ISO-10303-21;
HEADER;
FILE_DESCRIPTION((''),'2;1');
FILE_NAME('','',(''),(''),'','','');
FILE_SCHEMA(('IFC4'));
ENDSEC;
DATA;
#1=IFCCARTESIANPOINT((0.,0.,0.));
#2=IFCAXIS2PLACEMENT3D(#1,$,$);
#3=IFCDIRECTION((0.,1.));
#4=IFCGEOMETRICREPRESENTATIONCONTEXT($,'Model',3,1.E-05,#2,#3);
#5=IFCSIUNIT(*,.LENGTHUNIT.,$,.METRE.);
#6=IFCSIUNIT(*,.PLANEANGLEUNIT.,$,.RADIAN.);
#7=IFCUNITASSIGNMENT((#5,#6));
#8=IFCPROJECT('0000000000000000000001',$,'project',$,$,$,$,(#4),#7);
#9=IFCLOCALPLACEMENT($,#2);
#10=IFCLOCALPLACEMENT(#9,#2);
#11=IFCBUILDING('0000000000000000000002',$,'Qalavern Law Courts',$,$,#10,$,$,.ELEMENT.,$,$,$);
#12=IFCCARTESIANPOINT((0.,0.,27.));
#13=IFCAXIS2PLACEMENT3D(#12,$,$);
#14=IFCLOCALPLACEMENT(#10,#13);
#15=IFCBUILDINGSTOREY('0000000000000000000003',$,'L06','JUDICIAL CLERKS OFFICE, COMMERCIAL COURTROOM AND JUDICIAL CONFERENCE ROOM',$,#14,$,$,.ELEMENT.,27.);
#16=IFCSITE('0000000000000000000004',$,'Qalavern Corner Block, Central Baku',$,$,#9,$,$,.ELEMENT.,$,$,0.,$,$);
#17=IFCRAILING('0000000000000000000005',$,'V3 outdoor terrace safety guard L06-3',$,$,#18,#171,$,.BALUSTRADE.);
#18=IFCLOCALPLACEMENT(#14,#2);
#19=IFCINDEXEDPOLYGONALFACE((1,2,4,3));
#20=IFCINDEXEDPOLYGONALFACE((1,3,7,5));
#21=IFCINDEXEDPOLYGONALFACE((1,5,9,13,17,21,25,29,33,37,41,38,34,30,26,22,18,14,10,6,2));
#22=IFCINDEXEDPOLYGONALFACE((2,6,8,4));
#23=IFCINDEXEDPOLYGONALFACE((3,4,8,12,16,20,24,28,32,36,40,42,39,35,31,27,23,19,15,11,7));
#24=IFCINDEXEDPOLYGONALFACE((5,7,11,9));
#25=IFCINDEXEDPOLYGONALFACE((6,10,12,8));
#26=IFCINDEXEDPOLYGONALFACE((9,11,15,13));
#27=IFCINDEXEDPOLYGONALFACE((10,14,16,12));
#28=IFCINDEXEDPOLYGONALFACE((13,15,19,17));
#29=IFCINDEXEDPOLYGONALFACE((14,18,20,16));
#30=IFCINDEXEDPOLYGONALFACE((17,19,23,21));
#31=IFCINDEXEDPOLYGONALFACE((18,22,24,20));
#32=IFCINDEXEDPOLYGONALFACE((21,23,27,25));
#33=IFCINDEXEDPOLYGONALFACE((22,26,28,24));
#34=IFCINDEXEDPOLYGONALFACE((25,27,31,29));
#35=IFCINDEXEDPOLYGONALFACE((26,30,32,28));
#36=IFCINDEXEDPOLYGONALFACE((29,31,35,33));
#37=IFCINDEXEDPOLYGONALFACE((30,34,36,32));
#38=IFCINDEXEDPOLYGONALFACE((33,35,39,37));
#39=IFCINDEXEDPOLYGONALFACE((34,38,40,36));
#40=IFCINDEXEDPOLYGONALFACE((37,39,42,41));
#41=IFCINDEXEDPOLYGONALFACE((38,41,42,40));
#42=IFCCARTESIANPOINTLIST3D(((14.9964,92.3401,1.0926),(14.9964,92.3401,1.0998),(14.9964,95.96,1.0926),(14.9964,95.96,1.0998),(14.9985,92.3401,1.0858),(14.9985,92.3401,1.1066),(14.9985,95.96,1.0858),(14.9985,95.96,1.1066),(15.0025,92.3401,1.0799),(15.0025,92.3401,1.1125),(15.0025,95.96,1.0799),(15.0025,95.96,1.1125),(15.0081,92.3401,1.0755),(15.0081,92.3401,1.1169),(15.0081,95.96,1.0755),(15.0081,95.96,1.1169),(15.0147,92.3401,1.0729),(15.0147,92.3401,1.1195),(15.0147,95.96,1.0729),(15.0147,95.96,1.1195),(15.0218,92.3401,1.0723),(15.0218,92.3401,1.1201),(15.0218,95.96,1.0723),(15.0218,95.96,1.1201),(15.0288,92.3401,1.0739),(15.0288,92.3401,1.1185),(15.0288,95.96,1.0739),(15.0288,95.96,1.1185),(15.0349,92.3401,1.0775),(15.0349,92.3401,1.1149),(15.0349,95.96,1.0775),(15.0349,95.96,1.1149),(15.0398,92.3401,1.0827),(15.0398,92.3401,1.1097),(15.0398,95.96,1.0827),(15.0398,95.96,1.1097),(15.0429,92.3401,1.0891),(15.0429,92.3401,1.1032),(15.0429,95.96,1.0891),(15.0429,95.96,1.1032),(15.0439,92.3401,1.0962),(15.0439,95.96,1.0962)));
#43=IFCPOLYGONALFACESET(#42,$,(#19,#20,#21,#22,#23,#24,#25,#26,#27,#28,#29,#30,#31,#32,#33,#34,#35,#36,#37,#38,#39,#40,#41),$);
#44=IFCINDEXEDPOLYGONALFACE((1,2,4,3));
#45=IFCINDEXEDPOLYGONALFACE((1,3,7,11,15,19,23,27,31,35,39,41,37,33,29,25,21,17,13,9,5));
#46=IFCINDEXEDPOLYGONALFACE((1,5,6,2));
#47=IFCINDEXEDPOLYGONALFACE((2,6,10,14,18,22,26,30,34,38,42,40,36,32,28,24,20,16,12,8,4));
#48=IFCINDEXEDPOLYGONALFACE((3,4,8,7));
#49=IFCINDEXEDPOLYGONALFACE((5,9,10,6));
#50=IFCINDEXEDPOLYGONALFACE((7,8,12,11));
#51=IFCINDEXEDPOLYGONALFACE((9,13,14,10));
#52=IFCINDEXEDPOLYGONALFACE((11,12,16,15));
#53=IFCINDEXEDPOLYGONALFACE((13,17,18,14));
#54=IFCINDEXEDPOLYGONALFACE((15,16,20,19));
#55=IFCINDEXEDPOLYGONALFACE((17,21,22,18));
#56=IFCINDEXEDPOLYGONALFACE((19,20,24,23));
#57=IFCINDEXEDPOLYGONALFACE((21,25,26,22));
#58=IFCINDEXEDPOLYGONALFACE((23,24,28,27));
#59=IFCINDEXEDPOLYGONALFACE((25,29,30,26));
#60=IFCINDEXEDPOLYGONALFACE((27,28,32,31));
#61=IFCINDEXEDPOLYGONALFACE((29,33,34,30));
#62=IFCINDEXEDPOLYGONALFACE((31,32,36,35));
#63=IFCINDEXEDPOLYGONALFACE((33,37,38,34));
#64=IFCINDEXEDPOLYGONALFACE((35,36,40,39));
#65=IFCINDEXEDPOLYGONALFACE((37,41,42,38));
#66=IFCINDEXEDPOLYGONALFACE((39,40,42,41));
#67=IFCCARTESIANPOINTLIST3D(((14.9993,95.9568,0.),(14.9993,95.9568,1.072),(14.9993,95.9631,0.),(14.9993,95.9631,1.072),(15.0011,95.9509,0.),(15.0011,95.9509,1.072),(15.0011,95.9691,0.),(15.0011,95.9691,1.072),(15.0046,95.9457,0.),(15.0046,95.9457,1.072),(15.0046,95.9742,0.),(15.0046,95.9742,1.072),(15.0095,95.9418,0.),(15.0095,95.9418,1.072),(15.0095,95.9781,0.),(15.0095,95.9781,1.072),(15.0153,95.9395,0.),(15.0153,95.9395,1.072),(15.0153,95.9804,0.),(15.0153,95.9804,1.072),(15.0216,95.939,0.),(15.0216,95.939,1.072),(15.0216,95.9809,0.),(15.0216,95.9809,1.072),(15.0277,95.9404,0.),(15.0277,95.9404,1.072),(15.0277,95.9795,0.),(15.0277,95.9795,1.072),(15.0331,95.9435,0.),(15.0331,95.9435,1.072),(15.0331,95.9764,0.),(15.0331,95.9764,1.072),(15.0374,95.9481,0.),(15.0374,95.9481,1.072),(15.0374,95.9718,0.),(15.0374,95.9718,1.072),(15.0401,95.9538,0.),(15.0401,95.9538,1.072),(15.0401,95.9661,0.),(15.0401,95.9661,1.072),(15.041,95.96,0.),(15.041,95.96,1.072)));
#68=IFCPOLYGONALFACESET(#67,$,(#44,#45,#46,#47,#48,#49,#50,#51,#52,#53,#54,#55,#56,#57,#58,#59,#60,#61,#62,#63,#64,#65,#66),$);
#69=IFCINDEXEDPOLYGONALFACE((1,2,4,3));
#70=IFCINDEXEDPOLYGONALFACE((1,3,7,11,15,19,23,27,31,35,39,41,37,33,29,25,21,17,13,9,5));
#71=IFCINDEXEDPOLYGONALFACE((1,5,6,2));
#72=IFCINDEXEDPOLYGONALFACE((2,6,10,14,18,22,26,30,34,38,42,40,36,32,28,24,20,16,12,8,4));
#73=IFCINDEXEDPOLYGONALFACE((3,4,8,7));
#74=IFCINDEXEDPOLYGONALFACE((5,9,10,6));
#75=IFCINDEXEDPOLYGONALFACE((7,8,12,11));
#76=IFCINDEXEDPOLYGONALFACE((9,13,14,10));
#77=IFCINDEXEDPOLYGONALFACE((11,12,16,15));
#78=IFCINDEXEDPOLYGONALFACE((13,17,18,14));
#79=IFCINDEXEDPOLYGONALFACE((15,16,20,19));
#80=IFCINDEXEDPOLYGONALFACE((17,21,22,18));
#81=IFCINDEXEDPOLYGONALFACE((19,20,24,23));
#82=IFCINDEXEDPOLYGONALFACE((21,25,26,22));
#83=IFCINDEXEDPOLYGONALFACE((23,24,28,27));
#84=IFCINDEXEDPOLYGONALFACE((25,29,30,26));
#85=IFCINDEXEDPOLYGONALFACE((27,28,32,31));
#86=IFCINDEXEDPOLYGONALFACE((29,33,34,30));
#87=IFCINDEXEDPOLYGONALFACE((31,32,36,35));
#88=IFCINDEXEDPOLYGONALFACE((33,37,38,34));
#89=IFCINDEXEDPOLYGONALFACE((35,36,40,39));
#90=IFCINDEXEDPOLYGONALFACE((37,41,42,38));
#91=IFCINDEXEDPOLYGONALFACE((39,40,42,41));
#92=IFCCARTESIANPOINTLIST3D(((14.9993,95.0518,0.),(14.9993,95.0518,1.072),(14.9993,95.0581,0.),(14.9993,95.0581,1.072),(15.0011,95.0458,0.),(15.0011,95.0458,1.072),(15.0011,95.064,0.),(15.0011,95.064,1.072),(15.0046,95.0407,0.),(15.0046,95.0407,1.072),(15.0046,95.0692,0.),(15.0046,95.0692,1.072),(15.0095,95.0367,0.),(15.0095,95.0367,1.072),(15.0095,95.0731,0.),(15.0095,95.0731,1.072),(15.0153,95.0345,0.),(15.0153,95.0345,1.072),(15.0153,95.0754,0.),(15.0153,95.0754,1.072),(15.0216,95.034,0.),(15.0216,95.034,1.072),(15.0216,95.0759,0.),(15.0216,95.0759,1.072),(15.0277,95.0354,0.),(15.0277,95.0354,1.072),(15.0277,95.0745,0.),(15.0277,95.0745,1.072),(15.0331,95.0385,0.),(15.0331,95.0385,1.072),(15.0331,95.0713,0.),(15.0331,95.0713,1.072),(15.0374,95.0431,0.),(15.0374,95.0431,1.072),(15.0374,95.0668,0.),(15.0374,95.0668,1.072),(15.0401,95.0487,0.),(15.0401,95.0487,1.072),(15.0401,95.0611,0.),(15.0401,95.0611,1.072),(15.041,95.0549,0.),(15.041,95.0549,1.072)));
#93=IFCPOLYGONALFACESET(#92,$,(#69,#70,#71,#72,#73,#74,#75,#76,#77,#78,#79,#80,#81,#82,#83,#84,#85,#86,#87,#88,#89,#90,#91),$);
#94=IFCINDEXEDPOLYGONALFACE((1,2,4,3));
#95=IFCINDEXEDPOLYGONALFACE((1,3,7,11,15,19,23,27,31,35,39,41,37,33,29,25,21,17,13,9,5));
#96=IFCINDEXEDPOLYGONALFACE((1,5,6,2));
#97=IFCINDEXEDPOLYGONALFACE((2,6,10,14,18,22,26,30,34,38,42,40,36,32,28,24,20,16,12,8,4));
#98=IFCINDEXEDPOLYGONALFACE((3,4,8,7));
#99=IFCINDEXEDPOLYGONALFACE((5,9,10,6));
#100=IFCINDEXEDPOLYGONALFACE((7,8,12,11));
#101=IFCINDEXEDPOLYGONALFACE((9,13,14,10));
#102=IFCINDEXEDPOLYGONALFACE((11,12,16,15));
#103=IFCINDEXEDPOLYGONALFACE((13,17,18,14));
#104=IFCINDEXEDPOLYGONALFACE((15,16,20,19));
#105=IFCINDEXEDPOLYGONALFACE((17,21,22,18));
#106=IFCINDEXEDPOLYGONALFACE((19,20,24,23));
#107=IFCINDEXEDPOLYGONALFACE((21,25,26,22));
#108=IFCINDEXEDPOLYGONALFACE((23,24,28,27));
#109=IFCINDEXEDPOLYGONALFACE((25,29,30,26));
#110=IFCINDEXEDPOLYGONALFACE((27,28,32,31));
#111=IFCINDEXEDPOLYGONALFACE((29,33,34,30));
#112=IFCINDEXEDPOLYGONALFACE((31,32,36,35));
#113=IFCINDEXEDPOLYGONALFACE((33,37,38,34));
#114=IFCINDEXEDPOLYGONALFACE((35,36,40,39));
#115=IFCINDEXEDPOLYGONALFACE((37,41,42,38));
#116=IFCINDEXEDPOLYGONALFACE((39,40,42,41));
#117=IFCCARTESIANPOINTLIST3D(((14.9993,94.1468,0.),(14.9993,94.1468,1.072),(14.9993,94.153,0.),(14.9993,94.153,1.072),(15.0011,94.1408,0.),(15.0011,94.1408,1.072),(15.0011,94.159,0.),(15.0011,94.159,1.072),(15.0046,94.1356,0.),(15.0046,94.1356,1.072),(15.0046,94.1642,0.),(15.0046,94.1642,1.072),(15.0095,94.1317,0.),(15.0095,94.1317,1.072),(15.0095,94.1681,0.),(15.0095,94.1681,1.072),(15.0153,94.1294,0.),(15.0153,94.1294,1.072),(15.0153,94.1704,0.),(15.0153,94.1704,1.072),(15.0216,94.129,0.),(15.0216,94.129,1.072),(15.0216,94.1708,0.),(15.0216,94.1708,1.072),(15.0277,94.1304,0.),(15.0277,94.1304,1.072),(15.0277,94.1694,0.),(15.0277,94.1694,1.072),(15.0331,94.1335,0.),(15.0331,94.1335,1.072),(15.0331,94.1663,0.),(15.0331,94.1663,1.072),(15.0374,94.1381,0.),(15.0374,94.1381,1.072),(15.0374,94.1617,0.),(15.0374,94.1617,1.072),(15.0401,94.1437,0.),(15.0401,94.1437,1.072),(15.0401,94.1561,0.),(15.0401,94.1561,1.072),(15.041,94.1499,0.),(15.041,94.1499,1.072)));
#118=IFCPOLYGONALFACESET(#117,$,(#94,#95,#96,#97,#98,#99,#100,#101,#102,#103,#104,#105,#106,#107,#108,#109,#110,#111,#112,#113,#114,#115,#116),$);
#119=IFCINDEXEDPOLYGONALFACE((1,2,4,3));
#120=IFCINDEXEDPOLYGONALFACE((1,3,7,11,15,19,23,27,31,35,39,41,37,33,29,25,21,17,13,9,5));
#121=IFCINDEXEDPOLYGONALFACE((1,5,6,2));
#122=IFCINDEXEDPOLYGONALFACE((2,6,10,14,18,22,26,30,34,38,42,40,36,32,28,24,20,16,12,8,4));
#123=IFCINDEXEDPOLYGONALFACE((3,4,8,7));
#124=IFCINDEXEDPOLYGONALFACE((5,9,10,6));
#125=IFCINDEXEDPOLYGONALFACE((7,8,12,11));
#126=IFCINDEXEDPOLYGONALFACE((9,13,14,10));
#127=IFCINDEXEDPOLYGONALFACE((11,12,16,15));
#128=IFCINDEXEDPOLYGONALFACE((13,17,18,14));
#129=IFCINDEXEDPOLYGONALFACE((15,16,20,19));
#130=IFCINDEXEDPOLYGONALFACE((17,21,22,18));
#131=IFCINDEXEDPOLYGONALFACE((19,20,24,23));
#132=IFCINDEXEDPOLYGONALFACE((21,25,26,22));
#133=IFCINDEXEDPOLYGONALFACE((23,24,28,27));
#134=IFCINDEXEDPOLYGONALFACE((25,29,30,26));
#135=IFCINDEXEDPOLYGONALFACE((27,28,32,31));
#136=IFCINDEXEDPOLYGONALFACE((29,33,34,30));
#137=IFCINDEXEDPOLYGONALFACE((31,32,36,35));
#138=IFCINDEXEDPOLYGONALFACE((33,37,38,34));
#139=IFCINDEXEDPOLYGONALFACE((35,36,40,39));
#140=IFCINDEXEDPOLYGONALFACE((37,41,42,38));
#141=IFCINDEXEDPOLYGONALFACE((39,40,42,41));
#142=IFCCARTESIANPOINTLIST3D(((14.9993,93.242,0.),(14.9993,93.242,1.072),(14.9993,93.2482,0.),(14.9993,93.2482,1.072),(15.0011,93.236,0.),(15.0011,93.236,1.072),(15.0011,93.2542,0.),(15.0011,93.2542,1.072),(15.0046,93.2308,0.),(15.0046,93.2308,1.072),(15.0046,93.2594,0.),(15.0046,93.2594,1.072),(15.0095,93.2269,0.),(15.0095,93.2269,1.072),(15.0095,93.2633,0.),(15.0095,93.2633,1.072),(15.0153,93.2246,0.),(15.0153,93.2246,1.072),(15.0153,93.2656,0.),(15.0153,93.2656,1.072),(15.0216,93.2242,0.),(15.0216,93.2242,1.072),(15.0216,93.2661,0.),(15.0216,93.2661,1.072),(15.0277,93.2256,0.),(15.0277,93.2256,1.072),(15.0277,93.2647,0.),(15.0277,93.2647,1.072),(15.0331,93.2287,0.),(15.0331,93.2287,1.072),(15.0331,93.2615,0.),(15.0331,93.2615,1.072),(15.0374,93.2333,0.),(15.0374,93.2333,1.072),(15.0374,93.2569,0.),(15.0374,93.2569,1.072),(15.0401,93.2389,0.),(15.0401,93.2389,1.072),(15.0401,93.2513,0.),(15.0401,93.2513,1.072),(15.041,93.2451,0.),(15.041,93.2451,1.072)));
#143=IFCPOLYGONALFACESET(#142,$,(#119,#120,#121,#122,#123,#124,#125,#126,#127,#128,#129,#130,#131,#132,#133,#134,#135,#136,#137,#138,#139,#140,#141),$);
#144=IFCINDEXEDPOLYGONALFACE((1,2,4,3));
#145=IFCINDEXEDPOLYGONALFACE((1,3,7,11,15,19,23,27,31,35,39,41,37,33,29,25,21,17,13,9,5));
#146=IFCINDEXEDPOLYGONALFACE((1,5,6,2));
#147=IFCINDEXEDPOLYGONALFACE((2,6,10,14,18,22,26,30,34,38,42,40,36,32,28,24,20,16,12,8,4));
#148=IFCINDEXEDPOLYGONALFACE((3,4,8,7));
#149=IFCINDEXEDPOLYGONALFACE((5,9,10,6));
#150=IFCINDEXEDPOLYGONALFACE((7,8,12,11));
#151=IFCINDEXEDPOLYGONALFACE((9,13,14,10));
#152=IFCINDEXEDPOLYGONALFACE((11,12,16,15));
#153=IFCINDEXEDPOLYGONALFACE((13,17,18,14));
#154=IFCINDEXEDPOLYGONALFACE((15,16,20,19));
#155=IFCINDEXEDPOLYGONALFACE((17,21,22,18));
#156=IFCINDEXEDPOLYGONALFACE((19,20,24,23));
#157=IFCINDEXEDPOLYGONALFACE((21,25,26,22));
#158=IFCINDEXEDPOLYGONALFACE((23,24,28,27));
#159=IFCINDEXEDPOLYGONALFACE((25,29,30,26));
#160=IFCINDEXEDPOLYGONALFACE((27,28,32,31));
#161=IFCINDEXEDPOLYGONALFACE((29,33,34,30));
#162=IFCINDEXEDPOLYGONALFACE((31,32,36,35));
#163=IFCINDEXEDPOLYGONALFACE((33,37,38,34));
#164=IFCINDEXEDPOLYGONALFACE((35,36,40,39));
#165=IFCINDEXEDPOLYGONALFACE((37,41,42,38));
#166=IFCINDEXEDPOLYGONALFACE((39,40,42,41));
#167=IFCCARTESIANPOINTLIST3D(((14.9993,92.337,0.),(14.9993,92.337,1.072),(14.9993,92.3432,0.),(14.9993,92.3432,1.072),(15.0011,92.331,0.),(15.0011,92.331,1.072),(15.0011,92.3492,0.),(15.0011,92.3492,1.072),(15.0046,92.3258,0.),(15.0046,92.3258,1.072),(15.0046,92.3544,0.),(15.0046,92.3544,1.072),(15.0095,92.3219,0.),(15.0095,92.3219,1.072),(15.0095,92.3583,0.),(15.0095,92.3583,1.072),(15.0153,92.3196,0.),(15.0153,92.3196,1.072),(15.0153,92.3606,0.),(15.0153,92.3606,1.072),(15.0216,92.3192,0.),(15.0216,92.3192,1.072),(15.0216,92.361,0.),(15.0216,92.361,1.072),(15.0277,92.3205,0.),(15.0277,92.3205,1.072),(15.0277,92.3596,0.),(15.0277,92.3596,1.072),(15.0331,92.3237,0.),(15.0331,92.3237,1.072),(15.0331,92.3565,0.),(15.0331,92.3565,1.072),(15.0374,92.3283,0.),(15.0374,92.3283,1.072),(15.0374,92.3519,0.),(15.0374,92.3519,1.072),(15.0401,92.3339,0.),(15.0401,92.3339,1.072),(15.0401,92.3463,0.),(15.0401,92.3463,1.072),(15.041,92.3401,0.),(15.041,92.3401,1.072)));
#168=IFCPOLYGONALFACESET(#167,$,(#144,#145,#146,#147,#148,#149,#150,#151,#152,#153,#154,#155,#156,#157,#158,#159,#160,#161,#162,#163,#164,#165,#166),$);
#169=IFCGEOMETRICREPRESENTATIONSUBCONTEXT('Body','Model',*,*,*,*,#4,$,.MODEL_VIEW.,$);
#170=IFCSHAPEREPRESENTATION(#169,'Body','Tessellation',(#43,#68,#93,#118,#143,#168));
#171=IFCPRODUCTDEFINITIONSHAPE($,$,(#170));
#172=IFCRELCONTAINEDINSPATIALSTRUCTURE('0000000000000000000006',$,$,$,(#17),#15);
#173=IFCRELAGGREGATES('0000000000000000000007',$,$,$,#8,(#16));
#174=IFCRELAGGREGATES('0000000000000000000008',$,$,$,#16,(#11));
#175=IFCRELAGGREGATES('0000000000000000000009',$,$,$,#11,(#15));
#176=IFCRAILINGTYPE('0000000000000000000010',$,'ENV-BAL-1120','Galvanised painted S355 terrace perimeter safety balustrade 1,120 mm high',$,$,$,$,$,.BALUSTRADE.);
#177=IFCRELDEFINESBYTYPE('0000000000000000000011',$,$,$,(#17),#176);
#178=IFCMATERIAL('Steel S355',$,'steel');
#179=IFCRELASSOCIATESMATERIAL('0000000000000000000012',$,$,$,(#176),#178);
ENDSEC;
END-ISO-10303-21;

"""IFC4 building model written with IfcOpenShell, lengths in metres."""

from ifc_helpers import new_model, si_unit, direction, frame, origin, origin_2d, place, context, subcontext, project, spatial, circle, extrude, material, type_object, element, save


model = new_model("IFC4")

# Units and contexts
model_context = context("Model", 3, precision=1e-05, world=origin(), true_north=direction((0.0, 1.0)))
body_context = subcontext(model_context, "Body", "Model", "MODEL_VIEW")
ifc_project = project(units=[si_unit("LENGTHUNIT", "METRE"), si_unit("PLANEANGLEUNIT", "RADIAN")], contexts=[model_context])

# Site, building, storey
site_placement = place(None, origin())
site = spatial("IfcSite", under=ifc_project, at=site_placement, Name="Qalavern Corner Block, Central Baku", CompositionType="ELEMENT", RefElevation=0.0)
building_placement = place(site_placement, origin())
building = spatial("IfcBuilding", under=site, at=building_placement, Name="Qalavern Law Courts", CompositionType="ELEMENT")
storey_placement = place(building_placement, frame((0.0, 0.0, 27.0)))
storey = spatial("IfcBuildingStorey", under=building, at=storey_placement, Name="L06", Description="JUDICIAL CLERKS OFFICE, COMMERCIAL COURTROOM AND JUDICIAL CONFERENCE ROOM", CompositionType="ELEMENT", Elevation=27.0)

# Railing
ifc_material_1 = material(Name="Steel S355", Category="steel")
railing_type = type_object("IfcRailingType", Name="ENV-BAL-1120", Description="Galvanised painted S355 terrace perimeter safety balustrade 1,120 mm high", PredefinedType="BALUSTRADE", material=ifc_material_1)
railing_1_placement = place(storey_placement, frame((15.02, 95.96, 0.0)))
element("IfcRailing", 1, at=railing_1_placement, inside=storey, type_object=railing_type, Name="V3 outdoor terrace safety guard L06-3", PredefinedType="BALUSTRADE", context=body_context, shape_type="SweptSolid", body=[
    extrude(circle(Radius=0.0239, at=origin_2d()), frame((0.0, 0.0, 1.0962), z_axis=(0.0, -1.0, 0.0), x_axis=(1.0, 0.0, 0.0)), (0.0, 0.0, 1.0), 3.6199),
    extrude(circle(Radius=0.021, at=origin_2d()), origin(), (0.0, 0.0, 1.0), 1.072),
    extrude(circle(Radius=0.021, at=origin_2d()), frame((0.0, -0.905, 0.0)), (0.0, 0.0, 1.0), 1.072),
    extrude(circle(Radius=0.021, at=origin_2d()), frame((0.0, -1.8101, 0.0)), (0.0, 0.0, 1.0), 1.072),
    extrude(circle(Radius=0.021, at=origin_2d()), frame((0.0, -2.7148, 0.0)), (0.0, 0.0, 1.0), 1.072),
    extrude(circle(Radius=0.021, at=origin_2d()), frame((0.0, -3.6199, 0.0)), (0.0, 0.0, 1.0), 1.072),
])

save(model, "model.ifc")
